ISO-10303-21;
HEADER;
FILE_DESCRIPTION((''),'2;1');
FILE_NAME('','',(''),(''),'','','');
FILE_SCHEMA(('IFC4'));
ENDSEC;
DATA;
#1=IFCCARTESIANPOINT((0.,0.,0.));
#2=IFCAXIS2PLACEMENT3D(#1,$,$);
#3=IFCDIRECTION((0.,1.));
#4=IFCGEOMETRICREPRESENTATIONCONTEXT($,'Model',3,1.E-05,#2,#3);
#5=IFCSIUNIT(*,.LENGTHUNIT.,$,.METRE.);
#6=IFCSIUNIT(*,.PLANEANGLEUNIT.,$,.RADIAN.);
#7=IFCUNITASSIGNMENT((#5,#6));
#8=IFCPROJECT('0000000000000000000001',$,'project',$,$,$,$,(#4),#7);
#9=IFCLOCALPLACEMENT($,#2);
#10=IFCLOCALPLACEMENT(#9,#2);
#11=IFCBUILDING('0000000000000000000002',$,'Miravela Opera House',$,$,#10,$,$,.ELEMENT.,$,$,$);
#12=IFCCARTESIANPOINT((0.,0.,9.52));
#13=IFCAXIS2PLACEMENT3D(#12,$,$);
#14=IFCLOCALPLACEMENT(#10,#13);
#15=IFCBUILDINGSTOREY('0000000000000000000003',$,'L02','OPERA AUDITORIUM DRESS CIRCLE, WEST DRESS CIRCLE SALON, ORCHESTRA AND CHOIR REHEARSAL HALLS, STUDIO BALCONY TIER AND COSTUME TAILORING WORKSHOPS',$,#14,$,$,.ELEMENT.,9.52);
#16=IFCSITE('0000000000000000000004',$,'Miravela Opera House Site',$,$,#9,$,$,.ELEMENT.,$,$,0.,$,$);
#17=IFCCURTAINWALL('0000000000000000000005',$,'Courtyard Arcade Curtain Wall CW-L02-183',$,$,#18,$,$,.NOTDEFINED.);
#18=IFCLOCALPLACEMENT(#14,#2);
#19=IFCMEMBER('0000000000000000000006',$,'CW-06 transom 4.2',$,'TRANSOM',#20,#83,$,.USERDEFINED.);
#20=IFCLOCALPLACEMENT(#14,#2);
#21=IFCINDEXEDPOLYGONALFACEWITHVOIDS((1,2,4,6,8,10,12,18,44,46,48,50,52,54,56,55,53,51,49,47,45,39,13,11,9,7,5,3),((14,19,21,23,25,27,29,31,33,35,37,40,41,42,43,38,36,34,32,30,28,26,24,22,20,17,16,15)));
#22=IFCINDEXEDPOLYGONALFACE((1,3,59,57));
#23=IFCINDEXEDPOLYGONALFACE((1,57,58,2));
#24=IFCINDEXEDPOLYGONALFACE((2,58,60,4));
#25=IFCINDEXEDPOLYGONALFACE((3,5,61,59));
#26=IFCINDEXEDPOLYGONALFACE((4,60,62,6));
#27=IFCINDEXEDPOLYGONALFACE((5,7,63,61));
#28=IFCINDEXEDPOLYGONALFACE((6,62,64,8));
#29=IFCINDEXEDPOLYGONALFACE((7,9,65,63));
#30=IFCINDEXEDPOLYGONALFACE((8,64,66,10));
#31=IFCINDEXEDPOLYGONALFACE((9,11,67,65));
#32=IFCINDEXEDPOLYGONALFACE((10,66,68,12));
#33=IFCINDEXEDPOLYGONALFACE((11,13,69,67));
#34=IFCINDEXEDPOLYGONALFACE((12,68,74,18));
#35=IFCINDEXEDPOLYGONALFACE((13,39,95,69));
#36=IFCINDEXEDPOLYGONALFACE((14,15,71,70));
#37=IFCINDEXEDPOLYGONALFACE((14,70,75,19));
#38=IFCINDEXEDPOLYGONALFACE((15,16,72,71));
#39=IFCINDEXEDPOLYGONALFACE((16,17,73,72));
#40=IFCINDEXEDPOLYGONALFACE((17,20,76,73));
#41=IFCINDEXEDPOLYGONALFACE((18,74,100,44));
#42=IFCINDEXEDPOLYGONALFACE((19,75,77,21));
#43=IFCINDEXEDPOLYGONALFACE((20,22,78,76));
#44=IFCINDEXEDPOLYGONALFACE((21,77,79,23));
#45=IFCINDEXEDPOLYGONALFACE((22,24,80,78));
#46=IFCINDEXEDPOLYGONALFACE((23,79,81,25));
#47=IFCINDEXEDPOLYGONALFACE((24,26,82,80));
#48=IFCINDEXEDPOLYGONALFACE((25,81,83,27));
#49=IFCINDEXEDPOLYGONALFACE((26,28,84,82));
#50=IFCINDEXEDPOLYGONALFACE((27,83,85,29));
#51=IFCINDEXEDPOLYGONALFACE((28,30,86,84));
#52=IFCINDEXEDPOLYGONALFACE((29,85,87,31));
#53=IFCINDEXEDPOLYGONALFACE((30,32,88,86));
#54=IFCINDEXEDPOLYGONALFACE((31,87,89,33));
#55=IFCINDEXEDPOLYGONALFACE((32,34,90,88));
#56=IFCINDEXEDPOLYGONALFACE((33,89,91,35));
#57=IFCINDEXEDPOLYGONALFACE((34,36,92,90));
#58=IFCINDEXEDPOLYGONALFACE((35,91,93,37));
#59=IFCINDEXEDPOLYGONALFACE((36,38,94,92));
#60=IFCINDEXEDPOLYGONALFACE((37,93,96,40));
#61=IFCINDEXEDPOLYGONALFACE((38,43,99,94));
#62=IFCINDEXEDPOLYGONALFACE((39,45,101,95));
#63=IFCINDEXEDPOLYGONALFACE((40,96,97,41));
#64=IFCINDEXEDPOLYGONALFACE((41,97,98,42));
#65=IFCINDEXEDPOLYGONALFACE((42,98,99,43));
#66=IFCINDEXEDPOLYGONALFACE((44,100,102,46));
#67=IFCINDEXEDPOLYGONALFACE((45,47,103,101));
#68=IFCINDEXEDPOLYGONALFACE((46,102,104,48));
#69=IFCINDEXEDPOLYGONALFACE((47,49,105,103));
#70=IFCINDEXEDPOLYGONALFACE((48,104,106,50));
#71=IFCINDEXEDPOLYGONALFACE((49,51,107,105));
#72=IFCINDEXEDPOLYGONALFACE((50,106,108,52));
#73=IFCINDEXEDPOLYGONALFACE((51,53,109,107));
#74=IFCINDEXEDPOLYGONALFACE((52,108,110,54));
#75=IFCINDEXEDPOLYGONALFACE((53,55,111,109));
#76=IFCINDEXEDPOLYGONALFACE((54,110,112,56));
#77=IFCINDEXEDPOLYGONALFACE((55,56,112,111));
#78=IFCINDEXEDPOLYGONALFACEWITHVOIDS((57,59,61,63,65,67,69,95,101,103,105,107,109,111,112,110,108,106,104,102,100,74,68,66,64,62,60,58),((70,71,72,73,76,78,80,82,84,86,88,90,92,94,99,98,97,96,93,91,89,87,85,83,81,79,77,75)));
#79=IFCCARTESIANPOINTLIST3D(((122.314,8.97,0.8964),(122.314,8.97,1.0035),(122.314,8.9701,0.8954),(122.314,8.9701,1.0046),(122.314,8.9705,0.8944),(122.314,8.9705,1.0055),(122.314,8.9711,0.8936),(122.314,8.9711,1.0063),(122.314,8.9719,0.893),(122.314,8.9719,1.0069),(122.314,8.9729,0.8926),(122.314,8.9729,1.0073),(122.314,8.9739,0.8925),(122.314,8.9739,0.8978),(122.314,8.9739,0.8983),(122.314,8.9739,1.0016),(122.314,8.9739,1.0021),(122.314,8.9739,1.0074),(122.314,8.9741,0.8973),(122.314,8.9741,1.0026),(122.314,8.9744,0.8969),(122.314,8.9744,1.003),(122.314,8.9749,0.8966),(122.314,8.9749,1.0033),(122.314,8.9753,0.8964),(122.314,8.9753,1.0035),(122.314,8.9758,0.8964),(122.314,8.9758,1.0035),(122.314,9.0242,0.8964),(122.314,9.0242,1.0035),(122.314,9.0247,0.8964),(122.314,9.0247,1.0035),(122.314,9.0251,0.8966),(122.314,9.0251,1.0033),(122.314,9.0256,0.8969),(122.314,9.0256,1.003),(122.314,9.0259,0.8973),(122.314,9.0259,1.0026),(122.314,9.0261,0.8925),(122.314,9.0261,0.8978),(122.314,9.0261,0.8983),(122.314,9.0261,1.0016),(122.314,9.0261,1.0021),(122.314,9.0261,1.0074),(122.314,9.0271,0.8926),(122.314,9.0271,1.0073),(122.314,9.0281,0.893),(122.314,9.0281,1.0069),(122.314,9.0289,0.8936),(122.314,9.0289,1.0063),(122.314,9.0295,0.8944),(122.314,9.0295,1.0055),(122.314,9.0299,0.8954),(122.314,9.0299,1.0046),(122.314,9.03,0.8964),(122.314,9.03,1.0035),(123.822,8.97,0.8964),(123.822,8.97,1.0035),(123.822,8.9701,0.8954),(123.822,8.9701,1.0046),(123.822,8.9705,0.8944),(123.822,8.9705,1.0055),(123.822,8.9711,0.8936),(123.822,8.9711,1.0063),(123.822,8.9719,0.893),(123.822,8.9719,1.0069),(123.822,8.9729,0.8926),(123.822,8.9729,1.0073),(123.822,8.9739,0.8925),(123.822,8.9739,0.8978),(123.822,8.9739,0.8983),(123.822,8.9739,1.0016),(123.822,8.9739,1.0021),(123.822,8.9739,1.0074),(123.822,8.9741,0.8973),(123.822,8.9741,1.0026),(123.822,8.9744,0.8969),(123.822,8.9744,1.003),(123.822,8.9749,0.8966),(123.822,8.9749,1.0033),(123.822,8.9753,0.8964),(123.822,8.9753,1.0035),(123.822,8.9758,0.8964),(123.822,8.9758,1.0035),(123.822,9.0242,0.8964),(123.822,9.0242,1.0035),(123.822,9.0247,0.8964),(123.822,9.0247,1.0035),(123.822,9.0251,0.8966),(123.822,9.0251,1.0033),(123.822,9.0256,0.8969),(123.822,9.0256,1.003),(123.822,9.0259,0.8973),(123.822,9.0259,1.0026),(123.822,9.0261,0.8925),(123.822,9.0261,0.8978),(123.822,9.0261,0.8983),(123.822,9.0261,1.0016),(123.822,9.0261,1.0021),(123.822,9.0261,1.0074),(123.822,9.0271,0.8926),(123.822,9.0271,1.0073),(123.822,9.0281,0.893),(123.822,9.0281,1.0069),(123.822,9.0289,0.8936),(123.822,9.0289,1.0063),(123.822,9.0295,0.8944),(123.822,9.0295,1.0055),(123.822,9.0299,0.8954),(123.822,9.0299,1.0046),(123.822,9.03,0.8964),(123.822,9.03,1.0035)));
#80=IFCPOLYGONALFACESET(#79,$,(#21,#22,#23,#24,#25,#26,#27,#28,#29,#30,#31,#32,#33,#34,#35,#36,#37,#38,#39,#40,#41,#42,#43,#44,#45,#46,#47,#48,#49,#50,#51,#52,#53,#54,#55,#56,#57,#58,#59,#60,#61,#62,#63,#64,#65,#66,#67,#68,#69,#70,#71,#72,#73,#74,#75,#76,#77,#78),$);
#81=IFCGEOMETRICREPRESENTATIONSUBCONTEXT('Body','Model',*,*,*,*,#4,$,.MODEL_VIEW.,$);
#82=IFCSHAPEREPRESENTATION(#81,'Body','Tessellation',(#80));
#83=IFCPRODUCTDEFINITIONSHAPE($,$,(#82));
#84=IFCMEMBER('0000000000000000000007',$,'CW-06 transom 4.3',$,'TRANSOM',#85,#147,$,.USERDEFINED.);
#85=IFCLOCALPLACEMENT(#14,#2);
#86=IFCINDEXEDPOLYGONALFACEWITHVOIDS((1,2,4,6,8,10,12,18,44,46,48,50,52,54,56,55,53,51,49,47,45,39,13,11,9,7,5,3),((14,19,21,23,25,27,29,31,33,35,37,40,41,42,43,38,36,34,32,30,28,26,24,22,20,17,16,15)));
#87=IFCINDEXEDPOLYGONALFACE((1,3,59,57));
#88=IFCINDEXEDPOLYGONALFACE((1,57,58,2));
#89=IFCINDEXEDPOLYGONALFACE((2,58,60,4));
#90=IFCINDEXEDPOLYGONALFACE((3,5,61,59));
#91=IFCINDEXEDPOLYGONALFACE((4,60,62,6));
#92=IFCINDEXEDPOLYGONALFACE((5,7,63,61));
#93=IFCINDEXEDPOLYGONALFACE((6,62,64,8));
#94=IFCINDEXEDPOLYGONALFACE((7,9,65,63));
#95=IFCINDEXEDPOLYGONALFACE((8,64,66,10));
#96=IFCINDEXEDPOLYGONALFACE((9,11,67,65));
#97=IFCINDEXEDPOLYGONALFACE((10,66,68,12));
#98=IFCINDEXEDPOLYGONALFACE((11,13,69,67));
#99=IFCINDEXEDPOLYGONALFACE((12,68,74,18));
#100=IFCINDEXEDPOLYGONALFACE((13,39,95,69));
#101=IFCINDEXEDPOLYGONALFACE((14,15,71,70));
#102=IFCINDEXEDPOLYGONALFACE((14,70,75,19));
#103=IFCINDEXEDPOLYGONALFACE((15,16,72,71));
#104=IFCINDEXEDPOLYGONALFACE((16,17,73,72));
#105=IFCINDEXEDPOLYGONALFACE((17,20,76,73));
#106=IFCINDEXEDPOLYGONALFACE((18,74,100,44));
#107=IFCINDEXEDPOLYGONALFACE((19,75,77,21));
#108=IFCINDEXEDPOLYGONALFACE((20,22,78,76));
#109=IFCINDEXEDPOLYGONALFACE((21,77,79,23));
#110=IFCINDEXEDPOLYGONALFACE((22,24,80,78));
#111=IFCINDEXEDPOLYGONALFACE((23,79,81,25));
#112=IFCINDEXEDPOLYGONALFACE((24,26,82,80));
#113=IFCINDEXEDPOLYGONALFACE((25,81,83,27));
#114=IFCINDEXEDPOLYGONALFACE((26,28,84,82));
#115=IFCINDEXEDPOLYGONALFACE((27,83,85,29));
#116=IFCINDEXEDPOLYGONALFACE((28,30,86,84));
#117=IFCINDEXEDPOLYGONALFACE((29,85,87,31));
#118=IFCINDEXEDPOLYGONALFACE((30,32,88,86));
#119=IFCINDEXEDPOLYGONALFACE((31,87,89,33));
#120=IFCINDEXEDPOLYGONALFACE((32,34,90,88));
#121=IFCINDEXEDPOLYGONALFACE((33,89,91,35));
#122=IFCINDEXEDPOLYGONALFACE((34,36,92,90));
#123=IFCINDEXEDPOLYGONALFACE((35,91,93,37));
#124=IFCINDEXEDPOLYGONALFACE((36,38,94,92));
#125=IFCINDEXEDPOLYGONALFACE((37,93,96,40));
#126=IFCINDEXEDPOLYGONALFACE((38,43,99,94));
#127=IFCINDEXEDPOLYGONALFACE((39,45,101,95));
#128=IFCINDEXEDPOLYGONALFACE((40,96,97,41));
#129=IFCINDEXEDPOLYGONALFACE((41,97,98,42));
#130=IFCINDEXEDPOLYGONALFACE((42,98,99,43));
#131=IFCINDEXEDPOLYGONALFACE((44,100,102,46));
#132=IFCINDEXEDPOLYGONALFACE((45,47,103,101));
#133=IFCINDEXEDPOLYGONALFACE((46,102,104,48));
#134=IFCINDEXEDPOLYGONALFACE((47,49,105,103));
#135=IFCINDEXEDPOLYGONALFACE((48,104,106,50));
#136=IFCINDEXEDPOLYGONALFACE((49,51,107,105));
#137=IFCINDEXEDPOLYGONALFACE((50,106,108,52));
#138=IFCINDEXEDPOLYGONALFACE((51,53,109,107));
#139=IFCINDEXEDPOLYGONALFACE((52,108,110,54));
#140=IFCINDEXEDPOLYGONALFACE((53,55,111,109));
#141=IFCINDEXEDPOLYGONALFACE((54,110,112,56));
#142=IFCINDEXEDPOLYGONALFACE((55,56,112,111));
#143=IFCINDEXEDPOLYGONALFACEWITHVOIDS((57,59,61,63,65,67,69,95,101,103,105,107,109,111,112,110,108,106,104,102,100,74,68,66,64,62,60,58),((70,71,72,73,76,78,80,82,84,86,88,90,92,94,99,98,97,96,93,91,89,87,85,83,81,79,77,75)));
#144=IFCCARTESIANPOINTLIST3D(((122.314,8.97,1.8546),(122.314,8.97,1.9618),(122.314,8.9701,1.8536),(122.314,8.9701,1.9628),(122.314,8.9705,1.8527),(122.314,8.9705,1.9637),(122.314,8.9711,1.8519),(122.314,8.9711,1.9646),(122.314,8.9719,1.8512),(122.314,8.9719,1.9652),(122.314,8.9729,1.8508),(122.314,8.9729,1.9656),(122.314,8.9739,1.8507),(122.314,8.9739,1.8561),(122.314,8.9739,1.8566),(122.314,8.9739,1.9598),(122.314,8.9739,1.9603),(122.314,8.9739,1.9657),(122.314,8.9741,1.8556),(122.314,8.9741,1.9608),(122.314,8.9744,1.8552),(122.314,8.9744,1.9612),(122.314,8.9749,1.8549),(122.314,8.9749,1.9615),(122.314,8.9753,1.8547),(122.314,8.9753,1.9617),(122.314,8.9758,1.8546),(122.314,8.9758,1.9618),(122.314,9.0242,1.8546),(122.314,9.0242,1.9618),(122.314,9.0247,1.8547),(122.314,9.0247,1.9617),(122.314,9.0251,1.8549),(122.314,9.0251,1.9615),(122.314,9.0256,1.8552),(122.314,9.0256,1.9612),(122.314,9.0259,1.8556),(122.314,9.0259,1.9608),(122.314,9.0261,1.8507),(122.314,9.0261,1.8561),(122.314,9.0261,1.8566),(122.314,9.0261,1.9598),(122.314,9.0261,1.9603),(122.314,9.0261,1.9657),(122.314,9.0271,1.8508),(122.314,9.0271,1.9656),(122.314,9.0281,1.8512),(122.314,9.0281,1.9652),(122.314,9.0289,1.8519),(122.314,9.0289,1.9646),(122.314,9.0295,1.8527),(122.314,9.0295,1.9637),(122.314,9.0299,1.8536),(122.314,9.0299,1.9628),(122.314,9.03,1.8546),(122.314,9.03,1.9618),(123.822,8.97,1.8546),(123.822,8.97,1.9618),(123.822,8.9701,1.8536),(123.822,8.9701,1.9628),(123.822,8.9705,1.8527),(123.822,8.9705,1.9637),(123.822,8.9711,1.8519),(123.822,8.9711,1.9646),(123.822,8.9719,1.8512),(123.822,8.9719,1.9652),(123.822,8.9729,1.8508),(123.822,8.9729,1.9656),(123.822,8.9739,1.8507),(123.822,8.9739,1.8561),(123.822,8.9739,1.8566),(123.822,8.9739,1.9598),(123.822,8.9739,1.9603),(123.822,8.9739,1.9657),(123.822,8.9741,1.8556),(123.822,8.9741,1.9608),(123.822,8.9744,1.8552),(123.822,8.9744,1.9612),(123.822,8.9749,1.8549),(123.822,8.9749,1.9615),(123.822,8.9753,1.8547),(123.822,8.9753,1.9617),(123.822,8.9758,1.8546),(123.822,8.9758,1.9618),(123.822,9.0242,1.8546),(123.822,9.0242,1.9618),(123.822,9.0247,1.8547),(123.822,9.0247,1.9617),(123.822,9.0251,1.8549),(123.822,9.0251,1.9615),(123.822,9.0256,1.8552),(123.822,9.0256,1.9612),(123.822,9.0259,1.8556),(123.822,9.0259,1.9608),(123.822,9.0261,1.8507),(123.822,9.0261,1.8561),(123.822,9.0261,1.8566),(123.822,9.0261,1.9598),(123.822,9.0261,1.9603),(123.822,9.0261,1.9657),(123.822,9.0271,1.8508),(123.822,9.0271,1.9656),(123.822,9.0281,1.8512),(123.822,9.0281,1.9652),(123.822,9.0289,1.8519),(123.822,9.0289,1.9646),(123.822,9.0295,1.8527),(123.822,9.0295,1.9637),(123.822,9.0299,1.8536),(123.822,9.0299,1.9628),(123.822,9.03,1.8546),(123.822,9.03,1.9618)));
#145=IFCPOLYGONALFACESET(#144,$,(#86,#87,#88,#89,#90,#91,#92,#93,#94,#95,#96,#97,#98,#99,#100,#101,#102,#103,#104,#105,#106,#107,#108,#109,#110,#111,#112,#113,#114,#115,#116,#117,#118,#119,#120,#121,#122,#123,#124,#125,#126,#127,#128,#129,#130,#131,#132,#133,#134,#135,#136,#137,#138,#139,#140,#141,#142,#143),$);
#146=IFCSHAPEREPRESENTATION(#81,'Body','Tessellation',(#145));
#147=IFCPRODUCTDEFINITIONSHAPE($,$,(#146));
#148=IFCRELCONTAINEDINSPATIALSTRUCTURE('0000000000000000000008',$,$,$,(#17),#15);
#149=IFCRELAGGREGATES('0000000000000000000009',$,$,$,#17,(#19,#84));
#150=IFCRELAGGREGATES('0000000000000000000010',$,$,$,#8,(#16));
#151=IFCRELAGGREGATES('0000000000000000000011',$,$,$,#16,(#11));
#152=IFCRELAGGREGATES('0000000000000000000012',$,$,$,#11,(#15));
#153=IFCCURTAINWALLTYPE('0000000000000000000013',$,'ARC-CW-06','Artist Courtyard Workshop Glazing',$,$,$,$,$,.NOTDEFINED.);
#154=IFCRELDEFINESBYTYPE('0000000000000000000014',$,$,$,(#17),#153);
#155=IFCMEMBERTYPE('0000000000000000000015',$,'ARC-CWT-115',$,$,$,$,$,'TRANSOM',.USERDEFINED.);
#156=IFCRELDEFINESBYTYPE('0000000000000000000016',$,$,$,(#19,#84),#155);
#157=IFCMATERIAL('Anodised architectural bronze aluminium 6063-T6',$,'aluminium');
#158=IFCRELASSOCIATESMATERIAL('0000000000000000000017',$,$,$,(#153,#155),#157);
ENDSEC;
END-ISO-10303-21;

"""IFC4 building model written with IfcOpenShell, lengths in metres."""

from ifc_helpers import new_model, si_unit, direction, frame, origin, origin_2d, place, context, subcontext, project, spatial, hollow_rectangle, extrude, material, material_profile, profile_set, type_object, element, aggregate, save


model = new_model("IFC4")

# Units and contexts
model_context = context("Model", 3, precision=1e-05, world=origin(), true_north=direction((0.0, 1.0)))
body_context = subcontext(model_context, "Body", "Model", "MODEL_VIEW")
ifc_project = project(units=[si_unit("LENGTHUNIT", "METRE"), si_unit("PLANEANGLEUNIT", "RADIAN")], contexts=[model_context])

# Site, building, storey
site_placement = place(None, origin())
site = spatial("IfcSite", under=ifc_project, at=site_placement, Name="Miravela Opera House Site", CompositionType="ELEMENT", RefElevation=0.0)
building_placement = place(site_placement, origin())
building = spatial("IfcBuilding", under=site, at=building_placement, Name="Miravela Opera House", CompositionType="ELEMENT")
storey_placement = place(building_placement, frame((0.0, 0.0, 9.52)))
storey = spatial("IfcBuildingStorey", under=building, at=storey_placement, Name="L02", Description="OPERA AUDITORIUM DRESS CIRCLE, WEST DRESS CIRCLE SALON, ORCHESTRA AND CHOIR REHEARSAL HALLS, STUDIO BALCONY TIER AND COSTUME TAILORING WORKSHOPS", CompositionType="ELEMENT", Elevation=9.52)

# Curtain wall, members
ifc_material_1 = material(Name="Anodised architectural bronze aluminium 6063-T6", Category="aluminium")
curtain_wall_type = type_object("IfcCurtainWallType", Name="ARC-CW-06", Description="Artist Courtyard Workshop Glazing", PredefinedType="NOTDEFINED", material=ifc_material_1)
curtain_wall_placement = place(storey_placement, origin())
curtain_wall = element("IfcCurtainWall", 1, at=curtain_wall_placement, inside=storey, type_object=curtain_wall_type, Name="Courtyard Arcade Curtain Wall CW-L02-183", PredefinedType="NOTDEFINED")
ifc_material_profile_1 = material_profile(ifc_material_1, hollow_rectangle(XDim=0.0601, YDim=0.115, WallThickness=0.0039, InnerFilletRadius=0.002, OuterFilletRadius=0.0039, at=origin_2d()), Name="CWT-60X115")
ifc_profile_set_1 = profile_set([ifc_material_profile_1])
member_type_1 = type_object("IfcMemberType", Name="ARC-CWT-115", ElementType="TRANSOM", PredefinedType="USERDEFINED", material=ifc_profile_set_1)
member_1_placement = place(storey_placement, frame((122.314, 9.0, 0.95), z_axis=(1.0, 0.0, 0.0), x_axis=(0.0, 1.0, 0.0)))
member_1 = element("IfcMember", 2, at=member_1_placement, type_object=member_type_1, Name="CW-06 transom 4.2", ObjectType="TRANSOM", PredefinedType="USERDEFINED", context=body_context, shape_type="SweptSolid", body=[
    extrude(hollow_rectangle(XDim=0.0601, YDim=0.115, WallThickness=0.0039, InnerFilletRadius=0.002, OuterFilletRadius=0.0039, at=origin_2d()), origin(), (0.0, 0.0, 1.0), 1.5081),
])
member_2_placement = place(storey_placement, frame((122.314, 9.0, 1.9082), z_axis=(1.0, 0.0, 0.0), x_axis=(0.0, 1.0, 0.0)))
member_2 = element("IfcMember", 3, at=member_2_placement, type_object=member_type_1, Name="CW-06 transom 4.3", ObjectType="TRANSOM", PredefinedType="USERDEFINED", context=body_context, shape_type="SweptSolid", body=[
    extrude(hollow_rectangle(XDim=0.0601, YDim=0.115, WallThickness=0.0039, InnerFilletRadius=0.002, OuterFilletRadius=0.0039, at=origin_2d()), origin(), (0.0, 0.0, 1.0), 1.5081),
])

aggregate(curtain_wall, [member_1, member_2])

save(model, "model.ifc")
